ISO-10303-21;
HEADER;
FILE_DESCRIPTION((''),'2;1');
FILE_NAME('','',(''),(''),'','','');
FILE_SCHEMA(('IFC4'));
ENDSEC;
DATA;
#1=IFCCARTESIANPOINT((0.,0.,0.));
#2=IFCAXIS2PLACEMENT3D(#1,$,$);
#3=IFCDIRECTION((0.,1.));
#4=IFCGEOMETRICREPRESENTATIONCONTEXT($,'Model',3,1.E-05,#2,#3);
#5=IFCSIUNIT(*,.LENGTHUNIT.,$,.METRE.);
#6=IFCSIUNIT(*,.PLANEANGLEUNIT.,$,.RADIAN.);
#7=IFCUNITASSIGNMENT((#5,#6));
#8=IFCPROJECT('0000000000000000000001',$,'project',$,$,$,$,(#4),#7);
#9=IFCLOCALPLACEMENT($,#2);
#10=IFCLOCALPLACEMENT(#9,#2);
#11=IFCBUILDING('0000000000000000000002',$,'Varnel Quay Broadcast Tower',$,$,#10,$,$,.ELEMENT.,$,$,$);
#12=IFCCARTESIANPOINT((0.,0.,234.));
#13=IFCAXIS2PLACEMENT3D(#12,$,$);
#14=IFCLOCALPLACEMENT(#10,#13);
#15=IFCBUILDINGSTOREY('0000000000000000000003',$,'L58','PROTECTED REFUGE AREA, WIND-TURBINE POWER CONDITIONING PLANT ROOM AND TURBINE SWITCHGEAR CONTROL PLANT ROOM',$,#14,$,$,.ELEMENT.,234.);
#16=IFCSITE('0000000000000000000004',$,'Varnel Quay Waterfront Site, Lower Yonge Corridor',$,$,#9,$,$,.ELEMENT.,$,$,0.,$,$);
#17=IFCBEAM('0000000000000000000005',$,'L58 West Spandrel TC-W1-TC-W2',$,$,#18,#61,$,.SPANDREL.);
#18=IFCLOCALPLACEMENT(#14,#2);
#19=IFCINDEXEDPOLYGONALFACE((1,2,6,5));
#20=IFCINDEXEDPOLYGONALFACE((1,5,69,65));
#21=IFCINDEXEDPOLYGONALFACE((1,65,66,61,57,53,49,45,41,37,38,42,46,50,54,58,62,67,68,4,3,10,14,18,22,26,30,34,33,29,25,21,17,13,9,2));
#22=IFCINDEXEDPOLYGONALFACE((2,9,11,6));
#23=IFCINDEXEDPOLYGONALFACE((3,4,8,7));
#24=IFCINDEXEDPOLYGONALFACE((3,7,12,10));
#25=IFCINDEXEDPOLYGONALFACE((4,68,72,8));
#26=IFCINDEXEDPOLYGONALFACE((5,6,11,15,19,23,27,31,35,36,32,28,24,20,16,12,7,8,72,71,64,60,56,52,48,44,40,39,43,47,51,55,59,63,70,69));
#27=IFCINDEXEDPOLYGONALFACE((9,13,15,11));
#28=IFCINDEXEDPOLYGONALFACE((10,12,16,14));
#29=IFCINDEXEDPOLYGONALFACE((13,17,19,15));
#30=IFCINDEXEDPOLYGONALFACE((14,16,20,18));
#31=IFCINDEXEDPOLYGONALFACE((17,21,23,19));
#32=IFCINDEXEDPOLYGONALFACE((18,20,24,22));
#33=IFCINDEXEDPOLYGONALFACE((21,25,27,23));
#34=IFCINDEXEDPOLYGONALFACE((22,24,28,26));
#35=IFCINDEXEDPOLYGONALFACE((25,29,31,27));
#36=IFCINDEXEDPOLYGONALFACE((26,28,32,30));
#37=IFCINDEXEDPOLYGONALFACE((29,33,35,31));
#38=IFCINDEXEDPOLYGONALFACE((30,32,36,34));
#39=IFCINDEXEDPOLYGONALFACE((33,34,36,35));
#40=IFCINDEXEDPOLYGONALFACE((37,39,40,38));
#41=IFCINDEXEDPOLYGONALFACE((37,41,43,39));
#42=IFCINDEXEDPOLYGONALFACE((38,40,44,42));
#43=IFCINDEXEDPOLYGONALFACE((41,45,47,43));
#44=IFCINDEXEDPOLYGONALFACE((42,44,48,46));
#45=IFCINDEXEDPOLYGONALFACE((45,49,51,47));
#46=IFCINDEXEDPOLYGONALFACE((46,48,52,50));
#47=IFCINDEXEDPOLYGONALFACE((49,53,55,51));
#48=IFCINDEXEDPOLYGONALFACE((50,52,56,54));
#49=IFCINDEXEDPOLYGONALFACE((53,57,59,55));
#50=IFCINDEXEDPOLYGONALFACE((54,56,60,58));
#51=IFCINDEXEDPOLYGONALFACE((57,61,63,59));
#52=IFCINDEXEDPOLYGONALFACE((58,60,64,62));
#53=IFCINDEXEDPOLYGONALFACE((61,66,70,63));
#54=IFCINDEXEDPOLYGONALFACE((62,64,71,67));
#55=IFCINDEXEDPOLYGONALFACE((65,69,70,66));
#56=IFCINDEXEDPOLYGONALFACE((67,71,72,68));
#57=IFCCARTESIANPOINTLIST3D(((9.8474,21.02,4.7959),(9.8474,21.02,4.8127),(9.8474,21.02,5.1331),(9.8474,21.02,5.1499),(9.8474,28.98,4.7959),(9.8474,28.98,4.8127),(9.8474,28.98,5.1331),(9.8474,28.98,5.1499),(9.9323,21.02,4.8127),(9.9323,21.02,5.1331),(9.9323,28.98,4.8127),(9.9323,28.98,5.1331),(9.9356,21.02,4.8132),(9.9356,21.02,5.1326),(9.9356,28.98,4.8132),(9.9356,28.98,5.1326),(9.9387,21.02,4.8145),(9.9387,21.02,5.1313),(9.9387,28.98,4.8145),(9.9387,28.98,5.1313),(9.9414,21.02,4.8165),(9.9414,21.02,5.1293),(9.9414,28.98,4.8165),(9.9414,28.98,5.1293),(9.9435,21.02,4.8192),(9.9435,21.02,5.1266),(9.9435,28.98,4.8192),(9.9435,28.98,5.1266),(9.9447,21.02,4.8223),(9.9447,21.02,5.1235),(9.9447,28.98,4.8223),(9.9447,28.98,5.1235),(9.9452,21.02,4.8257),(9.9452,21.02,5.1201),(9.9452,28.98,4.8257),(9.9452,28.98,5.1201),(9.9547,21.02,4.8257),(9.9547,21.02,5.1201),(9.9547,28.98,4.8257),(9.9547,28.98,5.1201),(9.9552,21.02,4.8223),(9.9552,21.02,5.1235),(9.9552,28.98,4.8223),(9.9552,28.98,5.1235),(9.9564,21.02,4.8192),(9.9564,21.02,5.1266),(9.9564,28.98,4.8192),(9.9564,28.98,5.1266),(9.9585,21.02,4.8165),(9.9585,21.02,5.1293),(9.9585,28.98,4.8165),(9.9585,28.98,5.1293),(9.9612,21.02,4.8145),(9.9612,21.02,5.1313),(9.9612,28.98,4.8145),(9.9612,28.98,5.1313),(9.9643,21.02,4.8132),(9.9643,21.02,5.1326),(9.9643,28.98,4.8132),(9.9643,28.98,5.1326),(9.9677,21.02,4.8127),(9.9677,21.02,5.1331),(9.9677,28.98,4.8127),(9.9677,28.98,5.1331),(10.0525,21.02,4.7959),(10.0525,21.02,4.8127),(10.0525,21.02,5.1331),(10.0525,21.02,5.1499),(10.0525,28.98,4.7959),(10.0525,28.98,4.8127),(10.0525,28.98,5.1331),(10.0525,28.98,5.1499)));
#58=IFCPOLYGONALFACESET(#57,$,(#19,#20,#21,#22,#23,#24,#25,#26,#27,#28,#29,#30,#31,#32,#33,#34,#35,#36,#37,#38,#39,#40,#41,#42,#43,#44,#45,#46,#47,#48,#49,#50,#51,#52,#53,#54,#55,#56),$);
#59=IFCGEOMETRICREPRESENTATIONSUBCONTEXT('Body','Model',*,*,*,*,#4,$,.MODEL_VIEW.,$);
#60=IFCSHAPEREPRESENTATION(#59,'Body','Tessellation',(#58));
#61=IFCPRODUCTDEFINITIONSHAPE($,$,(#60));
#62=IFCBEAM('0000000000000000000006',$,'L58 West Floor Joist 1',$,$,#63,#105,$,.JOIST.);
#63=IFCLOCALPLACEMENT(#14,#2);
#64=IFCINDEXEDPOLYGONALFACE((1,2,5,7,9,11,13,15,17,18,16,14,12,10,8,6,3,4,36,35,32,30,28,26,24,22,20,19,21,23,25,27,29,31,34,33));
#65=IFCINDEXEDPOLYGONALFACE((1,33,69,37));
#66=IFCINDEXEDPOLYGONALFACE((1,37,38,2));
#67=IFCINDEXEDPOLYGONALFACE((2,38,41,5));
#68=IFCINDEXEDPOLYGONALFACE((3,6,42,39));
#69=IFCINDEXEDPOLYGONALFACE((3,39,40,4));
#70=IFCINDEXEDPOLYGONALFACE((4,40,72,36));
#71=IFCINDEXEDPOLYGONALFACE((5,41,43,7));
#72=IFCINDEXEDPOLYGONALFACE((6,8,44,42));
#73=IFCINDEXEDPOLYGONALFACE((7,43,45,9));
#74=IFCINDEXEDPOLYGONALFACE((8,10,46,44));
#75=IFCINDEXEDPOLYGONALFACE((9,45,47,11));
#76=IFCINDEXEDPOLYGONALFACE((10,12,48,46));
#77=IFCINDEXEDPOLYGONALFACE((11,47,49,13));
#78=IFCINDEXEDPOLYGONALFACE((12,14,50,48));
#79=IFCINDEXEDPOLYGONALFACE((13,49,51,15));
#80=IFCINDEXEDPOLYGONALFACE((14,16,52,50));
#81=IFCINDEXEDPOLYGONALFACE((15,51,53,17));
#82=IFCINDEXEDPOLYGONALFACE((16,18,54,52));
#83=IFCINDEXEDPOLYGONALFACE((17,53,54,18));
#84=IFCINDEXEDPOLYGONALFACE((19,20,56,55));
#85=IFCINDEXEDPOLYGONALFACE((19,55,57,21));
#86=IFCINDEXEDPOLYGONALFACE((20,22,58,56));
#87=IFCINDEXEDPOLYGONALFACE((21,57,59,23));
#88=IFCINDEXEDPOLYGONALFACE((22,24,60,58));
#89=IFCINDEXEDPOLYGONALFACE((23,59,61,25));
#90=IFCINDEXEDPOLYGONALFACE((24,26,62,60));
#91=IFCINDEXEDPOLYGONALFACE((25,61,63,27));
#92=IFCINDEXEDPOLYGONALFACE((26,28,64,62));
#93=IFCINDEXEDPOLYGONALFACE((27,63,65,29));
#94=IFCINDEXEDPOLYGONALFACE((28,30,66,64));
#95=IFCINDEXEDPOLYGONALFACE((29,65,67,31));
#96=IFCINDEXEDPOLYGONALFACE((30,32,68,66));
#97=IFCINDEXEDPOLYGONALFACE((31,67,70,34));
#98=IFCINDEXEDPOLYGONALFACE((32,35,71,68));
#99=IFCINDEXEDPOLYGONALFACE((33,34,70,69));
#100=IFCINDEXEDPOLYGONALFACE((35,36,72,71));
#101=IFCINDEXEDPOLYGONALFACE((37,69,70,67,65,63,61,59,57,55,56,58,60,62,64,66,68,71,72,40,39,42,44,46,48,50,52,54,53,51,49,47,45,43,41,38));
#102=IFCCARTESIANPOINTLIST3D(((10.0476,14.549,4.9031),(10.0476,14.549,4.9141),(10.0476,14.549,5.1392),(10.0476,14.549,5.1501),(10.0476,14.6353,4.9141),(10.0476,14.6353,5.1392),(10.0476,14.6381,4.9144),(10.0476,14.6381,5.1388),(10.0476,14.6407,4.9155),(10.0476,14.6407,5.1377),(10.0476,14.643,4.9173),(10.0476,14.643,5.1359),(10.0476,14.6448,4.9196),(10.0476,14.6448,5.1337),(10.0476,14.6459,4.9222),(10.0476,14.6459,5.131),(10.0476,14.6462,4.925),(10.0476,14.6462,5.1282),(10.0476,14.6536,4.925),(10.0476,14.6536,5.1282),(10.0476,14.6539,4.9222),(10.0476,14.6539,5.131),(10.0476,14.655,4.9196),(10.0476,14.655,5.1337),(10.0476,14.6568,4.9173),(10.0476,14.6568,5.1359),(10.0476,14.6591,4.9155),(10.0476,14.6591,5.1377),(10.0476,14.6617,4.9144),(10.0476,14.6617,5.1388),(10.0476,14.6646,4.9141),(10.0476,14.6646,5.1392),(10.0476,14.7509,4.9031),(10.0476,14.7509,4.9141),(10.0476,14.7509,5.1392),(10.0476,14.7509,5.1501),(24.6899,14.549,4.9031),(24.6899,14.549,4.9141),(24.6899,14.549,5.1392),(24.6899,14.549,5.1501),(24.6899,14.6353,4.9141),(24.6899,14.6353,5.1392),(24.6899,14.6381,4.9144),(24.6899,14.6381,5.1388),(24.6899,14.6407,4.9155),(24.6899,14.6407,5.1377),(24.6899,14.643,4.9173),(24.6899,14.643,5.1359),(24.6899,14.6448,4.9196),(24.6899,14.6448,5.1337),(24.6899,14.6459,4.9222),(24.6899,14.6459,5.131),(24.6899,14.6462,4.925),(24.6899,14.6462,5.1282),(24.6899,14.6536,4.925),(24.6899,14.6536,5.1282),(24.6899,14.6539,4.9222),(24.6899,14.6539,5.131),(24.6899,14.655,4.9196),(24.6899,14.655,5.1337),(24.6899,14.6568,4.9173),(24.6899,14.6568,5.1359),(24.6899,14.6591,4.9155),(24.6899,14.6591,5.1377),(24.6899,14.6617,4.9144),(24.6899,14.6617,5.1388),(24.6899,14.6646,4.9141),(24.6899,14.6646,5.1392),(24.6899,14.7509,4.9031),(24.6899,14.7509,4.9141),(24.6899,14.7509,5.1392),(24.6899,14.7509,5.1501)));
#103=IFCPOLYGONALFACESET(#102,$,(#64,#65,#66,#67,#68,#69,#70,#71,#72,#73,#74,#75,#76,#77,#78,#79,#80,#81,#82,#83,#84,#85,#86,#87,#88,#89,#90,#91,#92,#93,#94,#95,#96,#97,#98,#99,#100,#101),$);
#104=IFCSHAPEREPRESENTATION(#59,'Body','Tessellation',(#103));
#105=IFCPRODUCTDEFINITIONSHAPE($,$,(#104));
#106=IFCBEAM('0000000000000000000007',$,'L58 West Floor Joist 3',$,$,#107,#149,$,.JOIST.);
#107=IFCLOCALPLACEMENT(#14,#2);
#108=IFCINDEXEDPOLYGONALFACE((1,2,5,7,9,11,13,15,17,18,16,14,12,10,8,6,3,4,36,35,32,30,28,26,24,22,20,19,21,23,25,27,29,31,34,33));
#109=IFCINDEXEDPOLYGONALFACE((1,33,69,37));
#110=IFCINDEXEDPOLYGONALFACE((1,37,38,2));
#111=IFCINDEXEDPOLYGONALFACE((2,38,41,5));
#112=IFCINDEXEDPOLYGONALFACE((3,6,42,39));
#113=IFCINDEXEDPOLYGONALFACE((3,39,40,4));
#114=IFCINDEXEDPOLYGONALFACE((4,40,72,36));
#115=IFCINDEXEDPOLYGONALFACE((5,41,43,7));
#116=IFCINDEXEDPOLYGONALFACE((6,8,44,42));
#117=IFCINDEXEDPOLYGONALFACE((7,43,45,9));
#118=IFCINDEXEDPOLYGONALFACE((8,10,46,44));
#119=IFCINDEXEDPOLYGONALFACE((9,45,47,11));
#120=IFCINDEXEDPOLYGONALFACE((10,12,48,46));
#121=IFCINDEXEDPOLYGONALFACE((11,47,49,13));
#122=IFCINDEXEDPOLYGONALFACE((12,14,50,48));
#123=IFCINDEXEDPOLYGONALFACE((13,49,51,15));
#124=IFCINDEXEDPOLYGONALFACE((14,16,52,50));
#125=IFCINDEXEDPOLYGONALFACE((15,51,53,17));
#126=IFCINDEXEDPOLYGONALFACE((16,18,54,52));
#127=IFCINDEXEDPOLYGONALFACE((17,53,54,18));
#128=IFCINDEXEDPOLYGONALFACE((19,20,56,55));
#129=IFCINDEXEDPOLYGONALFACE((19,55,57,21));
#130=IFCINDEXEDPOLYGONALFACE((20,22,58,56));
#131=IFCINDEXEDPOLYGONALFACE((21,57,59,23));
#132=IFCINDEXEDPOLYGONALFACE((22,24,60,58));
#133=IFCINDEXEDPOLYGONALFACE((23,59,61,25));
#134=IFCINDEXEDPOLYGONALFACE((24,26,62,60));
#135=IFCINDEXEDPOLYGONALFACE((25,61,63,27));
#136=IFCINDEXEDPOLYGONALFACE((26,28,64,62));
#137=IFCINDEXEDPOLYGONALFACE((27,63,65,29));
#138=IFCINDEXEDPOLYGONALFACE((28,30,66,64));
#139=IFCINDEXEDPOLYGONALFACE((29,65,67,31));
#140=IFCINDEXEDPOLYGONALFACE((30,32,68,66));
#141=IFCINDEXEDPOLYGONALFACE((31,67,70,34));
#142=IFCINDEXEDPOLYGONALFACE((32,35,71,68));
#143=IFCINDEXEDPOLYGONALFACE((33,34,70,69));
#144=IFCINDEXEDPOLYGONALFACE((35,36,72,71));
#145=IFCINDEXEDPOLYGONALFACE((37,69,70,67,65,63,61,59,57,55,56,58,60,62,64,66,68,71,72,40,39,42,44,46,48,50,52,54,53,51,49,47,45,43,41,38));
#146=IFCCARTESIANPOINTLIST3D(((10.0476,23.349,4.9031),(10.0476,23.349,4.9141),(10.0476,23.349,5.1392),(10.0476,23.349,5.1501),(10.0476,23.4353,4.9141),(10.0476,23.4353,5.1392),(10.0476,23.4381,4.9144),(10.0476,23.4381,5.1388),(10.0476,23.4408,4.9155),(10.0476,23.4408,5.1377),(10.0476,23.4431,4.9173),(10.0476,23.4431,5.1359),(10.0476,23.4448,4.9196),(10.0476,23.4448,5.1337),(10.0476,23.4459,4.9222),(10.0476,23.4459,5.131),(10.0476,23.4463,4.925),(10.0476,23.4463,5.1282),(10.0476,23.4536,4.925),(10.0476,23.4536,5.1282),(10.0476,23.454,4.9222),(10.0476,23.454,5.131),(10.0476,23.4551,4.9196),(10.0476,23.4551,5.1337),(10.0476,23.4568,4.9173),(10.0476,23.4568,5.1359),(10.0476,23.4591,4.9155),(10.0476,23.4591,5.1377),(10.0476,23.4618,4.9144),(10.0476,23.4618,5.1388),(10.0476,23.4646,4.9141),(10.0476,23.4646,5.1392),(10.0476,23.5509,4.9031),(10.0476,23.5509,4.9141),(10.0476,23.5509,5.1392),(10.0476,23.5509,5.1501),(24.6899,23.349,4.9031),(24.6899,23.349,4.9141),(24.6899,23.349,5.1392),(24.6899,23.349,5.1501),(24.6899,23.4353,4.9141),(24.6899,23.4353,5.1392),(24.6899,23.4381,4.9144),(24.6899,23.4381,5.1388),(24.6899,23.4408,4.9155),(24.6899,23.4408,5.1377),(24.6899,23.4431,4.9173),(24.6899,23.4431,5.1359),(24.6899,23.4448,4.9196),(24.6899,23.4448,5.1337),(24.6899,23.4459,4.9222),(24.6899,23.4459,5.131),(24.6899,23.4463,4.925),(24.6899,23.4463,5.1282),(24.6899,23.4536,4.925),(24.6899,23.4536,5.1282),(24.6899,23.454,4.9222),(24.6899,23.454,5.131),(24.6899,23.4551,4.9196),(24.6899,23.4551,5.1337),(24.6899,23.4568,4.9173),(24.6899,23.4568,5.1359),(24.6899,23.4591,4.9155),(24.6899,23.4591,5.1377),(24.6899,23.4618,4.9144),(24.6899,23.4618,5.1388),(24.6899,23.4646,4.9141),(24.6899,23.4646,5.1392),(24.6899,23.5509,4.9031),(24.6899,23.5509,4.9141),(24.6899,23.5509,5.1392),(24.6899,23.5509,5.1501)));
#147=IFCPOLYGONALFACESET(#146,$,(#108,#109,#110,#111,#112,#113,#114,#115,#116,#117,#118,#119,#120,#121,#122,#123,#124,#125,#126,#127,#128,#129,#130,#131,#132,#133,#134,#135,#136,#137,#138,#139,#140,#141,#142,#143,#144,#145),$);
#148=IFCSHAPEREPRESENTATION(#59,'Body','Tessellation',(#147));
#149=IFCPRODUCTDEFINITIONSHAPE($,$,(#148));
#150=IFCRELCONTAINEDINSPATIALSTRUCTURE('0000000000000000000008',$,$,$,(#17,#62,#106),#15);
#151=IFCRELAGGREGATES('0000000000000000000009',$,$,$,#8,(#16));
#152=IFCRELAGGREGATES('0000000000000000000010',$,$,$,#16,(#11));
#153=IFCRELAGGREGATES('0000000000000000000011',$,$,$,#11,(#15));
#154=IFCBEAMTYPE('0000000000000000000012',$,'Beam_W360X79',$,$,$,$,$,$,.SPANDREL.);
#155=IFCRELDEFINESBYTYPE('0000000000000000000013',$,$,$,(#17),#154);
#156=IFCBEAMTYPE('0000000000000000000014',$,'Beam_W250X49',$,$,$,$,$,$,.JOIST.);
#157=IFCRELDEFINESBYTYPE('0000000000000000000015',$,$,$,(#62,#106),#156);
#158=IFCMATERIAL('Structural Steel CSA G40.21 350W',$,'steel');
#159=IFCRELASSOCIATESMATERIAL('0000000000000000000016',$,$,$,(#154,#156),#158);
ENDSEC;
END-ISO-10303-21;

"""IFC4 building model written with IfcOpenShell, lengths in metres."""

from ifc_helpers import new_model, si_unit, direction, frame, origin, origin_2d, place, context, subcontext, project, spatial, i_section, extrude, source, transform, mapped, material, material_profile, profile_set, type_object, type_shapes, element, save


model = new_model("IFC4")

# Units and contexts
model_context = context("Model", 3, precision=1e-05, world=origin(), true_north=direction((0.0, 1.0)))
body_context = subcontext(model_context, "Body", "Model", "MODEL_VIEW")
ifc_project = project(units=[si_unit("LENGTHUNIT", "METRE"), si_unit("PLANEANGLEUNIT", "RADIAN")], contexts=[model_context])

# Site, building, storey
site_placement = place(None, origin())
site = spatial("IfcSite", under=ifc_project, at=site_placement, Name="Varnel Quay Waterfront Site, Lower Yonge Corridor", CompositionType="ELEMENT", RefElevation=0.0)
building_placement = place(site_placement, origin())
building = spatial("IfcBuilding", under=site, at=building_placement, Name="Varnel Quay Broadcast Tower", CompositionType="ELEMENT")
storey_placement = place(building_placement, frame((0.0, 0.0, 234.0)))
storey = spatial("IfcBuildingStorey", under=building, at=storey_placement, Name="L58", Description="PROTECTED REFUGE AREA, WIND-TURBINE POWER CONDITIONING PLANT ROOM AND TURBINE SWITCHGEAR CONTROL PLANT ROOM", CompositionType="ELEMENT", Elevation=234.0)

# Shared definitions
ifc_material_1 = material(Name="Structural Steel CSA G40.21 350W", Category="steel")

# Beams
ifc_material_profile_1 = material_profile(ifc_material_1, i_section(OverallWidth=0.2051, OverallDepth=0.354, WebThickness=0.0095, FlangeThickness=0.0168, FilletRadius=0.0129, at=origin_2d()), Name="W360X79")
ifc_profile_set_1 = profile_set([ifc_material_profile_1], Name="Structural Steel CSA G40.21 350W")
beam_type_1 = type_object("IfcBeamType", Name="Beam_W360X79", PredefinedType="SPANDREL", material=ifc_profile_set_1)
shared_shape_1 = source(origin(), body_context, "Body", "SweptSolid", [
    extrude(i_section(OverallWidth=0.2051, OverallDepth=0.354, WebThickness=0.0095, FlangeThickness=0.0168, FilletRadius=0.0129, at=origin_2d()), origin(), (0.0, 0.0, 1.0), 7.96),
])
beam_1_placement = place(storey_placement, frame((9.95, 21.02, 4.9729), z_axis=(0.0, 1.0, 0.0), x_axis=(-1.0, 0.0, 0.0)))
element("IfcBeam", 1, at=beam_1_placement, inside=storey, type_object=beam_type_1, Name="L58 West Spandrel TC-W1-TC-W2", PredefinedType="SPANDREL", context=body_context, shape_type="MappedRepresentation", body=[
    mapped(shared_shape_1, transform((0.0, 0.0, 0.0), x_axis=(1.0, 0.0, 0.0), y_axis=(0.0, 1.0, 0.0), z_axis=(0.0, 0.0, 1.0), scale=1.0)),
])
ifc_material_profile_2 = material_profile(ifc_material_1, i_section(OverallWidth=0.2019, OverallDepth=0.2471, WebThickness=0.0073, FlangeThickness=0.011, FilletRadius=0.011, at=origin_2d()), Name="W250X49")
ifc_profile_set_2 = profile_set([ifc_material_profile_2], Name="Structural Steel CSA G40.21 350W")
beam_type_2 = type_object("IfcBeamType", Name="Beam_W250X49", PredefinedType="JOIST", material=ifc_profile_set_2)
shared_shape_2 = source(origin(), body_context, "Body", "SweptSolid", [
    extrude(i_section(OverallWidth=0.2019, OverallDepth=0.2471, WebThickness=0.0073, FlangeThickness=0.011, FilletRadius=0.011, at=origin_2d()), origin(), (0.0, 0.0, 1.0), 14.6423),
])
type_shapes(beam_type_2, [shared_shape_2])
for number, where, z_axis, x_axis, name in (
    (2, (10.0476, 14.6499, 5.0266), (1.0, 0.0, 0.0), (0.0, 1.0, 0.0), "L58 West Floor Joist 1"),
    (3, (10.0476, 23.45, 5.0266), (1.0, 0.0, 0.0), (0.0, 1.0, 0.0), "L58 West Floor Joist 3"),
):
    element("IfcBeam", number, at=place(storey_placement, frame(where, z_axis=z_axis, x_axis=x_axis)), inside=storey, type_object=beam_type_2, Name=name, PredefinedType="JOIST", context=body_context, shape_type="MappedRepresentation", body=[
        mapped(shared_shape_2, transform((0.0, 0.0, 0.0), x_axis=(1.0, 0.0, 0.0), y_axis=(0.0, 1.0, 0.0), z_axis=(0.0, 0.0, 1.0), scale=1.0)),
    ])

save(model, "model.ifc")
